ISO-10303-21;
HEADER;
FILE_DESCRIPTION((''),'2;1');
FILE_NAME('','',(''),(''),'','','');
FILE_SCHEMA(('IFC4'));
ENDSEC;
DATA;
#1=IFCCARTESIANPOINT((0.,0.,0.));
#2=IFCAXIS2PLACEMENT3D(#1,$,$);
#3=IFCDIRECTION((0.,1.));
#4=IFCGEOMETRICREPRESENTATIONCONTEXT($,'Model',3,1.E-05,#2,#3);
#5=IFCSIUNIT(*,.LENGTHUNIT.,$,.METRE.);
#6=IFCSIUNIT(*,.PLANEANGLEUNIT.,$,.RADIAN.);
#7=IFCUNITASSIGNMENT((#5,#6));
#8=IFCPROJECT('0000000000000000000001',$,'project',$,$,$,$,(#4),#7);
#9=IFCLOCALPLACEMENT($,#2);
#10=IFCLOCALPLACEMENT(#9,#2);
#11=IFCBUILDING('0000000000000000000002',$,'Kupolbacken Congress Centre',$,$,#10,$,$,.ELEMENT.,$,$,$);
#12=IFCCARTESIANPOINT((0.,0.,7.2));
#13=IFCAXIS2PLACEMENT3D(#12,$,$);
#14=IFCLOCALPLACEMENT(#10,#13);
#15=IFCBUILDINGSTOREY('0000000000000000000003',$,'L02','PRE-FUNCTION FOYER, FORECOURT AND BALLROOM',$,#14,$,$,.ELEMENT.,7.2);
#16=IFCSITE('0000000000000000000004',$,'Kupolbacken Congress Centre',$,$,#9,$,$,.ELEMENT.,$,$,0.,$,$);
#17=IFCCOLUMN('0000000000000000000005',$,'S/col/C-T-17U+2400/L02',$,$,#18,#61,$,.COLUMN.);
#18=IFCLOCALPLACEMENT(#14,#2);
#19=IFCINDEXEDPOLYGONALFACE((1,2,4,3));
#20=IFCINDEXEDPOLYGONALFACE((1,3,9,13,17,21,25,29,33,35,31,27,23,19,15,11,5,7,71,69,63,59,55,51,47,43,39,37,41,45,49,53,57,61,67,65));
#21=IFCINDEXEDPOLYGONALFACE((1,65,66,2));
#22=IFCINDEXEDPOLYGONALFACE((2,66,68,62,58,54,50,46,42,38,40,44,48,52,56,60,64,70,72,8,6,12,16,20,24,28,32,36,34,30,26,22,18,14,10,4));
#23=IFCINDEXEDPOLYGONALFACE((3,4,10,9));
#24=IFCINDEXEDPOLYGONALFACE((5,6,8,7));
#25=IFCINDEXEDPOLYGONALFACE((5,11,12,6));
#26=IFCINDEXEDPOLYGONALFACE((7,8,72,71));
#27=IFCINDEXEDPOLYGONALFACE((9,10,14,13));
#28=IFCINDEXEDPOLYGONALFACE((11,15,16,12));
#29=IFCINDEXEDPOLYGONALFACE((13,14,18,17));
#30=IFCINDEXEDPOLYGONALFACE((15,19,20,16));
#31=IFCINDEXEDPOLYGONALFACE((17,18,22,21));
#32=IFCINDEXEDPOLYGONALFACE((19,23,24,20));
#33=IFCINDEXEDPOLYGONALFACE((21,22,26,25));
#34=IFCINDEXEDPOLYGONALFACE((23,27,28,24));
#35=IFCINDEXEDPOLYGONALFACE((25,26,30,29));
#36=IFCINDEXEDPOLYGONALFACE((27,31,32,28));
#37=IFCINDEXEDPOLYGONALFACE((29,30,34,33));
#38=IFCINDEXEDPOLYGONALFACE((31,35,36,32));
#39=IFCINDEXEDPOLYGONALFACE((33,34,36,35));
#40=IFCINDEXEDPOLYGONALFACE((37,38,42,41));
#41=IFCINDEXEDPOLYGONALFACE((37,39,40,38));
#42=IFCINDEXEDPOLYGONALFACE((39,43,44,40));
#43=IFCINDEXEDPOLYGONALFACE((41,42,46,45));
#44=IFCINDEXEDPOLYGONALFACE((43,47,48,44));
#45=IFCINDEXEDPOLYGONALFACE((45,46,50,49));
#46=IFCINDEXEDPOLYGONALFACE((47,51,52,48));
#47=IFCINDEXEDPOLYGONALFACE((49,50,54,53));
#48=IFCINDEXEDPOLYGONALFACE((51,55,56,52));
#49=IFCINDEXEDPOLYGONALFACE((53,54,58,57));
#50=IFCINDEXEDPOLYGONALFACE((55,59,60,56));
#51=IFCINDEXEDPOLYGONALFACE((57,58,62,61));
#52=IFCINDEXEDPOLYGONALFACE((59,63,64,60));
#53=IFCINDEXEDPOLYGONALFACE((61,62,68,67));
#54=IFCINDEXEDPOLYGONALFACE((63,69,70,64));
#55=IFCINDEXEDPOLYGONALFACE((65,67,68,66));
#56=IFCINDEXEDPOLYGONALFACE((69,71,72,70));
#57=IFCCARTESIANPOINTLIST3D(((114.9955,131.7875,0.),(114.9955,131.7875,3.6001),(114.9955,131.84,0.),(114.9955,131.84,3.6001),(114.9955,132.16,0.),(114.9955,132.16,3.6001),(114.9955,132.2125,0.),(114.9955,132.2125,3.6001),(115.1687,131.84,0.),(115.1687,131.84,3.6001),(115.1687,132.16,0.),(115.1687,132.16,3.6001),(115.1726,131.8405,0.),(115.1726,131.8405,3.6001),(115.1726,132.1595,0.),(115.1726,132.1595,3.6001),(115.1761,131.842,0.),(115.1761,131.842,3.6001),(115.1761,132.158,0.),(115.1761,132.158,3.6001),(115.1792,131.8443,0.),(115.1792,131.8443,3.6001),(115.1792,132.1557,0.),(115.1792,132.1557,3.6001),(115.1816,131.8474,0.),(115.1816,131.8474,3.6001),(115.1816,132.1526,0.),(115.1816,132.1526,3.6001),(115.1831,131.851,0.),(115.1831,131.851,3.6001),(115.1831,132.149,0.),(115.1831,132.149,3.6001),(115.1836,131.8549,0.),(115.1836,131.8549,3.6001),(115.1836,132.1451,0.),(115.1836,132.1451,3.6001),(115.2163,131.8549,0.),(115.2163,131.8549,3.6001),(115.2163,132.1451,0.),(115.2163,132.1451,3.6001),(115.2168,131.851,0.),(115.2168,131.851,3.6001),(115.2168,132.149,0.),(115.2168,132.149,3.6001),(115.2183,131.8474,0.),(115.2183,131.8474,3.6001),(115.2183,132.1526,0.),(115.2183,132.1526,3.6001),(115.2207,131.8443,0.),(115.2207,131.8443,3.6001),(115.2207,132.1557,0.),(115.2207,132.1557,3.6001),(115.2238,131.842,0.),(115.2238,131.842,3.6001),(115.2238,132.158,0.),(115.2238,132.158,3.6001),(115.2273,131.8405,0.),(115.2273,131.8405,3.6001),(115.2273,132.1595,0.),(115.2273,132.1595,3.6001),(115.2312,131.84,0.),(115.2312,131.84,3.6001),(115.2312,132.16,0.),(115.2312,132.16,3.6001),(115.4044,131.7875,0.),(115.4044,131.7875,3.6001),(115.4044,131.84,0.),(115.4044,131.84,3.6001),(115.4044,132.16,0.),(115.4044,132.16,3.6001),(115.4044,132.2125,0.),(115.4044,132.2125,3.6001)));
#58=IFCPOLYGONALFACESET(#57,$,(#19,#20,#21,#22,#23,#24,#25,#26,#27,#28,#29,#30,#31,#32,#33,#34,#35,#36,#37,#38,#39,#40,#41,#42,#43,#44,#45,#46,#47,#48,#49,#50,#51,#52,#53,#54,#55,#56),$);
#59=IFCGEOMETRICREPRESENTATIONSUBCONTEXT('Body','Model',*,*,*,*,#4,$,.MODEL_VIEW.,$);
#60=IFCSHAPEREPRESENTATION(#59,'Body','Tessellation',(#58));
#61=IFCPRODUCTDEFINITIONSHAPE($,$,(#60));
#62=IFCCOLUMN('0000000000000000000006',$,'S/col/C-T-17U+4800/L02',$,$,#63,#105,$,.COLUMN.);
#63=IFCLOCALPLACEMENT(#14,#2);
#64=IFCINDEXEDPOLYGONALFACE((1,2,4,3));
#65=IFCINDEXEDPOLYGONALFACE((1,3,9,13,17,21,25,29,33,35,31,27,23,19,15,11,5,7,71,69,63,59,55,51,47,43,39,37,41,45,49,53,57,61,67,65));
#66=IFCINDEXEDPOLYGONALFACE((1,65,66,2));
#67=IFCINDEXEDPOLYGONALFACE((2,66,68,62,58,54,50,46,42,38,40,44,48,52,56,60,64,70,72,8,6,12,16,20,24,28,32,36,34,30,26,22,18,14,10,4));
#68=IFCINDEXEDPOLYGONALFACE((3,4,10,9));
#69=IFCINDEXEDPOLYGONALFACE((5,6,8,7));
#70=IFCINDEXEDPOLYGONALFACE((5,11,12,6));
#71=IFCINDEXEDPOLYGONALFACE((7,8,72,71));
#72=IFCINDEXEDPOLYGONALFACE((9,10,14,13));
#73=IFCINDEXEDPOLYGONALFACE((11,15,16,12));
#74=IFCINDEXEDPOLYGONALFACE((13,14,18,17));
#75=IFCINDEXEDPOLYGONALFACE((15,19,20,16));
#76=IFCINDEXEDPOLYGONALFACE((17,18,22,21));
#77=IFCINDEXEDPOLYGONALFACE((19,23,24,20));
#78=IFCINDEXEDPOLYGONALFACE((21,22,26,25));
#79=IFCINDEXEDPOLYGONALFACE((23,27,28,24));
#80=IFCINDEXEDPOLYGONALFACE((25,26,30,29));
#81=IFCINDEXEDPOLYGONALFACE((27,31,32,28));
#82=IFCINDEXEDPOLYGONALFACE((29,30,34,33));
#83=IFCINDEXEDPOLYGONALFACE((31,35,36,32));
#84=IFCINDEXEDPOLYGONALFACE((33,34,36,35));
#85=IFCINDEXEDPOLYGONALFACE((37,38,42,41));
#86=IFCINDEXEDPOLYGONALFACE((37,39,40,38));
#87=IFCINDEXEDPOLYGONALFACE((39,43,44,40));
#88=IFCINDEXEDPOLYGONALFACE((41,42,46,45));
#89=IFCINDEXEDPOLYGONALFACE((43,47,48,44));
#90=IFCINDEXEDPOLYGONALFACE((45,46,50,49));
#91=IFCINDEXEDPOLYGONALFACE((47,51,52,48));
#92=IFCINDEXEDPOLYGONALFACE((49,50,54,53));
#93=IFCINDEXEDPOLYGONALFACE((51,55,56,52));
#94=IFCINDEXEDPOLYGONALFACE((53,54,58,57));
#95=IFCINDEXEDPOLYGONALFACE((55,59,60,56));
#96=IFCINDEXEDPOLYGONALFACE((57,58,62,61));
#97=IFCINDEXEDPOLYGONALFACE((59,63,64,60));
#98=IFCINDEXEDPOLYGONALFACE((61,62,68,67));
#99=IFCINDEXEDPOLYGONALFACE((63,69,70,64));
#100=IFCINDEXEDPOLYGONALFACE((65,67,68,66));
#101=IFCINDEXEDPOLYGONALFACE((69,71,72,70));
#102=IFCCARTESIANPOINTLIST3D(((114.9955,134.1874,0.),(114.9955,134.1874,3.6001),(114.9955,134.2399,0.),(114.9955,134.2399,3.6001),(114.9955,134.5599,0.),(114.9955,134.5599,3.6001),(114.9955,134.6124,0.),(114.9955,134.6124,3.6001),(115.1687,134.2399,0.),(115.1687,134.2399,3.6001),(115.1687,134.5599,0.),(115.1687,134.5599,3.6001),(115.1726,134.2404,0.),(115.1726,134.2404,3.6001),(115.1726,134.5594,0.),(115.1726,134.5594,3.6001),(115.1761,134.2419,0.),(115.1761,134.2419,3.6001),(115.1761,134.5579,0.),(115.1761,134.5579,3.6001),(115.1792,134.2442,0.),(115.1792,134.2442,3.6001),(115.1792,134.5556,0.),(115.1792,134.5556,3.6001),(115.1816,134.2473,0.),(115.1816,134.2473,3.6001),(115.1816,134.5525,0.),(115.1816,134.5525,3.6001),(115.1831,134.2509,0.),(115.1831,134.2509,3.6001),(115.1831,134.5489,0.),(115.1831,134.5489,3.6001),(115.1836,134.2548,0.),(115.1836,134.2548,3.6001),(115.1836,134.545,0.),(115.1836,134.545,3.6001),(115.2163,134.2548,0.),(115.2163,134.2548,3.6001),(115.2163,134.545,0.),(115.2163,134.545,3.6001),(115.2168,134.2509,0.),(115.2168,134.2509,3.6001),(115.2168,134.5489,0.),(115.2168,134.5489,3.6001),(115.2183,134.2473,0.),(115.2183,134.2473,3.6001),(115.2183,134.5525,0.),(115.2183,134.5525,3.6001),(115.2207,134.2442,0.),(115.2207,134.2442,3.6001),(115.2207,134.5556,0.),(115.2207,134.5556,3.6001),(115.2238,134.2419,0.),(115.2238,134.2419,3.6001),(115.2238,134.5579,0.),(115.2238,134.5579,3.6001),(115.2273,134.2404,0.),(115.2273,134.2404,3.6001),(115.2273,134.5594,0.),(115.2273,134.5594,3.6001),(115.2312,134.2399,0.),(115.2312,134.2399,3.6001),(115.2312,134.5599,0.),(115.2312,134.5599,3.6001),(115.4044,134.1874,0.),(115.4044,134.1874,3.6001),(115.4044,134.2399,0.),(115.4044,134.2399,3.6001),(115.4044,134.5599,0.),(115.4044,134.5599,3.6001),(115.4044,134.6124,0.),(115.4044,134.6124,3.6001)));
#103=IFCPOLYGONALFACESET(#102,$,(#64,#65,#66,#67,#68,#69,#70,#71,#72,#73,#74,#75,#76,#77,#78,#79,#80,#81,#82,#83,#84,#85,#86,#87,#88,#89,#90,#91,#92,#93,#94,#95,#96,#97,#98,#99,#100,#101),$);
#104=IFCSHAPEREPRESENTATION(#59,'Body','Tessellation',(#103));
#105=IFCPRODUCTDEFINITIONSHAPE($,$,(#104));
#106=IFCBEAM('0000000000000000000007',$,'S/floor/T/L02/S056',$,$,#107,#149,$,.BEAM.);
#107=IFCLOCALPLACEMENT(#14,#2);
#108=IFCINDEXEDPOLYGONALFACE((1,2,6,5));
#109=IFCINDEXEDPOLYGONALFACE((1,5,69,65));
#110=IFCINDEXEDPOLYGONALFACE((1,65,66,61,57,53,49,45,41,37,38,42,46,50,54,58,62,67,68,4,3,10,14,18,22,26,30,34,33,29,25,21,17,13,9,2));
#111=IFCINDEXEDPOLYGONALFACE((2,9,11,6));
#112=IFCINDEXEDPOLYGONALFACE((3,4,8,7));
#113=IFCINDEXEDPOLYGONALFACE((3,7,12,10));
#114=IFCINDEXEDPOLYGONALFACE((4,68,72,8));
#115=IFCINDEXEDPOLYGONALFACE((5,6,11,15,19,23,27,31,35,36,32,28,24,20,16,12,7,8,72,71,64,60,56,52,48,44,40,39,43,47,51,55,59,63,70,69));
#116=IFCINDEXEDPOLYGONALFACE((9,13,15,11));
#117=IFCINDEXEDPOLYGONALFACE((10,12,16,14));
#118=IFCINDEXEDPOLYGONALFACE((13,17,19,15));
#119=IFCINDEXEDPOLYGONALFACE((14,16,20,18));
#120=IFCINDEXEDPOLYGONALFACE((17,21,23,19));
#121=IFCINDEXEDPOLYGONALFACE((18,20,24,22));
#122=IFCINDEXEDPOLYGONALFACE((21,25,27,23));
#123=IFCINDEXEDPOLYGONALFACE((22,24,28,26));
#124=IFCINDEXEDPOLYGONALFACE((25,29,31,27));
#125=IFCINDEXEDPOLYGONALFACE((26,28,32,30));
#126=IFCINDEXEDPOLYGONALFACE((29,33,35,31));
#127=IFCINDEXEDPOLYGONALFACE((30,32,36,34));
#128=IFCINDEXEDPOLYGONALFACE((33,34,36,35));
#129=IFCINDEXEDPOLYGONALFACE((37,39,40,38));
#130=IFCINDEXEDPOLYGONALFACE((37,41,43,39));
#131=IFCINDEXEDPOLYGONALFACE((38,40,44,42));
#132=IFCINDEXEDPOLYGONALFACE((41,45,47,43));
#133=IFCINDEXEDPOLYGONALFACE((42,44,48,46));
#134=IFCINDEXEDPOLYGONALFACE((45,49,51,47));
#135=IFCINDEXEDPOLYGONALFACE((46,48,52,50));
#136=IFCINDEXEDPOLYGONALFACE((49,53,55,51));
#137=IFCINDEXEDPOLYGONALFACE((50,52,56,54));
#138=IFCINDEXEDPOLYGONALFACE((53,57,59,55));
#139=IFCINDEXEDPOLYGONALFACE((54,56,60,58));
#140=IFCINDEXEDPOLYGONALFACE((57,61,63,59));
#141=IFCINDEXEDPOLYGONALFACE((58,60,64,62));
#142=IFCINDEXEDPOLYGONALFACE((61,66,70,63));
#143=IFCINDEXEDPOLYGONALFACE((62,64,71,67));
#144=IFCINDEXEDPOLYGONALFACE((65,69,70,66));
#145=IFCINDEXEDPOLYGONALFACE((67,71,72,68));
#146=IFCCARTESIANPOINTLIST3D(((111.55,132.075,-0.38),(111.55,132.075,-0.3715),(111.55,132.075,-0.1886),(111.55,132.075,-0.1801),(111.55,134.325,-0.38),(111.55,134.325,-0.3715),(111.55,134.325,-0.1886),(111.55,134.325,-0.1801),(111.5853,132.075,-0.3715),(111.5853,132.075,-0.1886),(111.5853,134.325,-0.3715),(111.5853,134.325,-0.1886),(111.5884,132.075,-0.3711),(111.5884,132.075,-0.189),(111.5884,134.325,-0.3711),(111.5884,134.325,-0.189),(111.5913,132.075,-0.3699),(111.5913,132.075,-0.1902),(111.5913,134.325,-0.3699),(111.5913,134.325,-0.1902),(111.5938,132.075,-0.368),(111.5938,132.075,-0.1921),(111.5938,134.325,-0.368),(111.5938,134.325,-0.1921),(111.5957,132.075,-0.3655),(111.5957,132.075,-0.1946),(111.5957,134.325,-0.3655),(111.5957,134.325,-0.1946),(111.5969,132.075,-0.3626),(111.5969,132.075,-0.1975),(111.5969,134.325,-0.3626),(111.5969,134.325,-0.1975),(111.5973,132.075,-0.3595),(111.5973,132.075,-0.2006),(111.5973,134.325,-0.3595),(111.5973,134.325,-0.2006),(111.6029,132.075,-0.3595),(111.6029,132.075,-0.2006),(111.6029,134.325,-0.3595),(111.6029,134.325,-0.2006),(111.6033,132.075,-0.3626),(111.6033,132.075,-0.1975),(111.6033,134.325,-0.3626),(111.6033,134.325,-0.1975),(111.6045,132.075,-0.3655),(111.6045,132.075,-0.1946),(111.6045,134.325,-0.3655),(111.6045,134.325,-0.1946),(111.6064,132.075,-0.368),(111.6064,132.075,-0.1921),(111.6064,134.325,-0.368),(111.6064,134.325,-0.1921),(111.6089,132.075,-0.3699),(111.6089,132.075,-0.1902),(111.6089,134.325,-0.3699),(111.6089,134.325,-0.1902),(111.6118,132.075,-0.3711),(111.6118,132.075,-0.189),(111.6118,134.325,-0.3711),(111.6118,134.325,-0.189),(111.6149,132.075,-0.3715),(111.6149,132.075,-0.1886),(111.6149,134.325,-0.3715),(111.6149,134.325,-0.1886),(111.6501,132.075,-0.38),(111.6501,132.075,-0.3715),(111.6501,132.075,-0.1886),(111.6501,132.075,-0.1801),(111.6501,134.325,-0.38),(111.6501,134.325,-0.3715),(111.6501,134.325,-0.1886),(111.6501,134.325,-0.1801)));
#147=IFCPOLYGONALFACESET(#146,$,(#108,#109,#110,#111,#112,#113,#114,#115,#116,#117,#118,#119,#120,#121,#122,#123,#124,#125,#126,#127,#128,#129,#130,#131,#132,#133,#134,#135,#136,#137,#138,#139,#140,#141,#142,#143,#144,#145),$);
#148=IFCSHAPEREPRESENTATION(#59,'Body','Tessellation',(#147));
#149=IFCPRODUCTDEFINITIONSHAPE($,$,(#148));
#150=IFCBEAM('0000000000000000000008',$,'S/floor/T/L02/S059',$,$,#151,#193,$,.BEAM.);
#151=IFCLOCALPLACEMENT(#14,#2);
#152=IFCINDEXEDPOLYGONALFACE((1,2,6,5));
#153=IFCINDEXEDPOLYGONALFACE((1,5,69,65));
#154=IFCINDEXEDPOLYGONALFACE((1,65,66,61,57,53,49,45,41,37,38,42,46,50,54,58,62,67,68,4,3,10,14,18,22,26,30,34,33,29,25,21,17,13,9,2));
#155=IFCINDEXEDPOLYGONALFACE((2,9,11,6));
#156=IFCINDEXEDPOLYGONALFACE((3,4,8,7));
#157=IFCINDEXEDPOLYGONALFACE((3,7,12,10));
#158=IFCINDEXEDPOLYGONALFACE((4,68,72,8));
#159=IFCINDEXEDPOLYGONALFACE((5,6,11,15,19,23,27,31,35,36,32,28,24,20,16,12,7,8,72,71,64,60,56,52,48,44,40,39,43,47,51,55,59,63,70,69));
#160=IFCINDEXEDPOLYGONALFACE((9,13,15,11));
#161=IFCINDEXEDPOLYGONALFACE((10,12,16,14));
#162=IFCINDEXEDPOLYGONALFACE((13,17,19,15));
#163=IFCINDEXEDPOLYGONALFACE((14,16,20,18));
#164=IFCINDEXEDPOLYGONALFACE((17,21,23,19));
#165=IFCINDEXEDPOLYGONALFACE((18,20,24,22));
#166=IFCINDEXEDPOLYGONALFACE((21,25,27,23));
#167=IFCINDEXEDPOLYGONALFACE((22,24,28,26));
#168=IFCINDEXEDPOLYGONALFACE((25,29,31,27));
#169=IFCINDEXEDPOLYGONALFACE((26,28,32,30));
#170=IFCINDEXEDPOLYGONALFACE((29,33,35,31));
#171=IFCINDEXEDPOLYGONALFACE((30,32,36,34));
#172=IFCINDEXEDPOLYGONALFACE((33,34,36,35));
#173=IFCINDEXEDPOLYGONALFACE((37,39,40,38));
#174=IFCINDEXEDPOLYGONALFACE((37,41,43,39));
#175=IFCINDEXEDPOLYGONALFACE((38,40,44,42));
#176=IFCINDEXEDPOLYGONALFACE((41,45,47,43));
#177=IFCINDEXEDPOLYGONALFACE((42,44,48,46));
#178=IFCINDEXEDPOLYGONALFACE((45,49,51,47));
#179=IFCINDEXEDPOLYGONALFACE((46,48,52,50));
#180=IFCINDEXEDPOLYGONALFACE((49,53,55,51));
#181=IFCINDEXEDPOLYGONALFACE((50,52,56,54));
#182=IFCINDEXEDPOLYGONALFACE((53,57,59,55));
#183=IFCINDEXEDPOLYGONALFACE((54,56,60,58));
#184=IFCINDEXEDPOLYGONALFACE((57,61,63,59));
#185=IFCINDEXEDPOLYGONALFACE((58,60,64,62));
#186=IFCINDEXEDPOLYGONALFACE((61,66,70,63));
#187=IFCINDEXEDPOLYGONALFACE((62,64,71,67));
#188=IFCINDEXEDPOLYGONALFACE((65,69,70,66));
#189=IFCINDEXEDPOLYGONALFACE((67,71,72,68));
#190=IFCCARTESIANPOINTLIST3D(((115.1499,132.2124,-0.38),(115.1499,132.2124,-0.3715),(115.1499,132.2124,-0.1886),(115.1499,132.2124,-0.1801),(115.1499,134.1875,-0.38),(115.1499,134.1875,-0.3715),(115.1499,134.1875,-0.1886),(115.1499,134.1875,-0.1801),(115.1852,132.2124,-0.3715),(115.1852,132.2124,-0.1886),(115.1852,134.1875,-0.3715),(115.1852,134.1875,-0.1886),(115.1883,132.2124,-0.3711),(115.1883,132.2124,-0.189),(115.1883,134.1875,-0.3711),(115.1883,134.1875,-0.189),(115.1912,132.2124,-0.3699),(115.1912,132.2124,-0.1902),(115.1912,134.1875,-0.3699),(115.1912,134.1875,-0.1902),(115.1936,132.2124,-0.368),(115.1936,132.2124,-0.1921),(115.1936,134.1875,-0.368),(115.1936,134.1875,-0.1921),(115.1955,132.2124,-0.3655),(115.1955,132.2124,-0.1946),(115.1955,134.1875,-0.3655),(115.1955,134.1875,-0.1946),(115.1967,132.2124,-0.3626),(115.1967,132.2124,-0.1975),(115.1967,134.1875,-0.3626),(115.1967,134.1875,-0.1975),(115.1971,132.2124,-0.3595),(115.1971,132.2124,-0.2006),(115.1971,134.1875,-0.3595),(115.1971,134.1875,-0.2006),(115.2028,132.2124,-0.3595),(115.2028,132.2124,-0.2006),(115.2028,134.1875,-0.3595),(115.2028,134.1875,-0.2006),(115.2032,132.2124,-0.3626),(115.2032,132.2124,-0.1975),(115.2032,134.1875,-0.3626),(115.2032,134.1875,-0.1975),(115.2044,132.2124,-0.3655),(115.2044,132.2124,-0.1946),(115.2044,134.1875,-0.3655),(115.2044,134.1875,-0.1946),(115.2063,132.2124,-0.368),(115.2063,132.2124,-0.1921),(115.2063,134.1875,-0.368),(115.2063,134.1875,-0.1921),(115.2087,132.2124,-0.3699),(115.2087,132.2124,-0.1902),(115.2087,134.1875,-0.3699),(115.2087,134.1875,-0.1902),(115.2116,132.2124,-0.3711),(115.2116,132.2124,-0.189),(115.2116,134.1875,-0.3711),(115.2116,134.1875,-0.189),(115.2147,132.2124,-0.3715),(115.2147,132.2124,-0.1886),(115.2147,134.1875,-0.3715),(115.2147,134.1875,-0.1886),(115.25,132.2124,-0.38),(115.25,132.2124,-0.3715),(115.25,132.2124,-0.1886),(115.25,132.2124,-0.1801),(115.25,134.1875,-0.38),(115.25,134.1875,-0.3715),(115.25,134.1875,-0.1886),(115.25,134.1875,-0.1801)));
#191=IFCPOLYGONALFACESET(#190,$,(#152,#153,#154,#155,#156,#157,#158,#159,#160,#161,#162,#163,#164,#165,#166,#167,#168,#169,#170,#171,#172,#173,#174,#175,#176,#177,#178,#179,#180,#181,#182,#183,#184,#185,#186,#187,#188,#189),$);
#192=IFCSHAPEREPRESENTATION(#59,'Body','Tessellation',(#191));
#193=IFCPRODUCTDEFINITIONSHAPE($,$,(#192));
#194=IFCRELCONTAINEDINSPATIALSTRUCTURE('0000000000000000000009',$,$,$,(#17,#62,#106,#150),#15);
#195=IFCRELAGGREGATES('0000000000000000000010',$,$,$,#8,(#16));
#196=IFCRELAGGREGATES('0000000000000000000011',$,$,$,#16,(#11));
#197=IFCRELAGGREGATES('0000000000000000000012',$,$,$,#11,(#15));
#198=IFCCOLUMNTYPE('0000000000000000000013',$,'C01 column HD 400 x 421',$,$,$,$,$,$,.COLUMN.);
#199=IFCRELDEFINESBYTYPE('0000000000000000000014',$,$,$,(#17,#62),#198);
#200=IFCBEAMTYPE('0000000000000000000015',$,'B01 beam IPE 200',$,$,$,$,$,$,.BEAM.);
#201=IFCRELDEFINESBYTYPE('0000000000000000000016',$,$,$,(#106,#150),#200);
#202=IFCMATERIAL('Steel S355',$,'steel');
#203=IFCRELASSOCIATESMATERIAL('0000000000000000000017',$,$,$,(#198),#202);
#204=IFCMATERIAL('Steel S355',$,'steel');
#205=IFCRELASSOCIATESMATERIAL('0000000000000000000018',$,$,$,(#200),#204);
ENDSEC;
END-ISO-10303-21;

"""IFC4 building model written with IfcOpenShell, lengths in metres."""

from ifc_helpers import new_model, si_unit, direction, frame, origin, origin_2d, place, context, subcontext, project, spatial, i_section, extrude, material, material_profile, profile_set, type_object, element, save


model = new_model("IFC4")

# Units and contexts
model_context = context("Model", 3, precision=1e-05, world=origin(), true_north=direction((0.0, 1.0)))
body_context = subcontext(model_context, "Body", "Model", "MODEL_VIEW")
ifc_project = project(units=[si_unit("LENGTHUNIT", "METRE"), si_unit("PLANEANGLEUNIT", "RADIAN")], contexts=[model_context])

# Site, building, storey
site_placement = place(None, origin())
site = spatial("IfcSite", under=ifc_project, at=site_placement, Name="Kupolbacken Congress Centre", CompositionType="ELEMENT", RefElevation=0.0)
building_placement = place(site_placement, origin())
building = spatial("IfcBuilding", under=site, at=building_placement, Name="Kupolbacken Congress Centre", CompositionType="ELEMENT")
storey_placement = place(building_placement, frame((0.0, 0.0, 7.2)))
storey = spatial("IfcBuildingStorey", under=building, at=storey_placement, Name="L02", Description="PRE-FUNCTION FOYER, FORECOURT AND BALLROOM", CompositionType="ELEMENT", Elevation=7.2)

# Columns
ifc_material_1 = material(Name="Steel S355", Category="steel")
ifc_material_profile_1 = material_profile(ifc_material_1, i_section(OverallWidth=0.4089, OverallDepth=0.425, WebThickness=0.0327, FlangeThickness=0.0525, FilletRadius=0.0149, at=origin_2d()), Name="HD 400 x 421")
ifc_profile_set_1 = profile_set([ifc_material_profile_1], Name="Steel S355")
column_type = type_object("IfcColumnType", Name="C01 column HD 400 x 421", PredefinedType="COLUMN", material=ifc_profile_set_1)
for number, where, z_axis, x_axis, name in (
    (1, (115.2, 132.0, 0.0), (0.0, 0.0, 1.0), (1.0, 0.0, 0.0), "S/col/C-T-17U+2400/L02"),
    (2, (115.2, 134.3999, 0.0), (0.0, 0.0, 1.0), (1.0, 0.0, 0.0), "S/col/C-T-17U+4800/L02"),
):
    element("IfcColumn", number, at=place(storey_placement, frame(where, z_axis=z_axis, x_axis=x_axis)), inside=storey, type_object=column_type, Name=name, PredefinedType="COLUMN", context=body_context, shape_type="SweptSolid", body=[
        extrude(i_section(OverallWidth=0.4089, OverallDepth=0.425, WebThickness=0.0327, FlangeThickness=0.0525, FilletRadius=0.0149, at=origin_2d()), origin(), (0.0, 0.0, 1.0), 3.6001),
    ])

# Beams
ifc_material_2 = material(Name="Steel S355", Category="steel")
ifc_material_profile_2 = material_profile(ifc_material_2, i_section(OverallWidth=0.1001, OverallDepth=0.2, WebThickness=0.0056, FlangeThickness=0.0085, FilletRadius=0.012, at=origin_2d()), Name="IPE 200")
ifc_profile_set_2 = profile_set([ifc_material_profile_2], Name="Steel S355")
beam_type_1 = type_object("IfcBeamType", Name="B01 beam IPE 200", PredefinedType="BEAM", material=ifc_profile_set_2)
beam_1_placement = place(storey_placement, frame((111.6001, 132.075, -0.28), z_axis=(0.0, 1.0, 0.0), x_axis=(-1.0, 0.0, 0.0)))
element("IfcBeam", 3, at=beam_1_placement, inside=storey, type_object=beam_type_1, Name="S/floor/T/L02/S056", PredefinedType="BEAM", context=body_context, shape_type="SweptSolid", body=[
    extrude(i_section(OverallWidth=0.1001, OverallDepth=0.2, WebThickness=0.0056, FlangeThickness=0.0085, FilletRadius=0.012, at=origin_2d()), origin(), (0.0, 0.0, 1.0), 2.25),
])
beam_2_placement = place(storey_placement, frame((115.2, 132.2124, -0.28), z_axis=(0.0, 1.0, 0.0), x_axis=(-1.0, 0.0, 0.0)))
element("IfcBeam", 4, at=beam_2_placement, inside=storey, type_object=beam_type_1, Name="S/floor/T/L02/S059", PredefinedType="BEAM", context=body_context, shape_type="SweptSolid", body=[
    extrude(i_section(OverallWidth=0.1001, OverallDepth=0.2, WebThickness=0.0056, FlangeThickness=0.0085, FilletRadius=0.012, at=origin_2d()), origin(), (0.0, 0.0, 1.0), 1.9751),
])

save(model, "model.ifc")
